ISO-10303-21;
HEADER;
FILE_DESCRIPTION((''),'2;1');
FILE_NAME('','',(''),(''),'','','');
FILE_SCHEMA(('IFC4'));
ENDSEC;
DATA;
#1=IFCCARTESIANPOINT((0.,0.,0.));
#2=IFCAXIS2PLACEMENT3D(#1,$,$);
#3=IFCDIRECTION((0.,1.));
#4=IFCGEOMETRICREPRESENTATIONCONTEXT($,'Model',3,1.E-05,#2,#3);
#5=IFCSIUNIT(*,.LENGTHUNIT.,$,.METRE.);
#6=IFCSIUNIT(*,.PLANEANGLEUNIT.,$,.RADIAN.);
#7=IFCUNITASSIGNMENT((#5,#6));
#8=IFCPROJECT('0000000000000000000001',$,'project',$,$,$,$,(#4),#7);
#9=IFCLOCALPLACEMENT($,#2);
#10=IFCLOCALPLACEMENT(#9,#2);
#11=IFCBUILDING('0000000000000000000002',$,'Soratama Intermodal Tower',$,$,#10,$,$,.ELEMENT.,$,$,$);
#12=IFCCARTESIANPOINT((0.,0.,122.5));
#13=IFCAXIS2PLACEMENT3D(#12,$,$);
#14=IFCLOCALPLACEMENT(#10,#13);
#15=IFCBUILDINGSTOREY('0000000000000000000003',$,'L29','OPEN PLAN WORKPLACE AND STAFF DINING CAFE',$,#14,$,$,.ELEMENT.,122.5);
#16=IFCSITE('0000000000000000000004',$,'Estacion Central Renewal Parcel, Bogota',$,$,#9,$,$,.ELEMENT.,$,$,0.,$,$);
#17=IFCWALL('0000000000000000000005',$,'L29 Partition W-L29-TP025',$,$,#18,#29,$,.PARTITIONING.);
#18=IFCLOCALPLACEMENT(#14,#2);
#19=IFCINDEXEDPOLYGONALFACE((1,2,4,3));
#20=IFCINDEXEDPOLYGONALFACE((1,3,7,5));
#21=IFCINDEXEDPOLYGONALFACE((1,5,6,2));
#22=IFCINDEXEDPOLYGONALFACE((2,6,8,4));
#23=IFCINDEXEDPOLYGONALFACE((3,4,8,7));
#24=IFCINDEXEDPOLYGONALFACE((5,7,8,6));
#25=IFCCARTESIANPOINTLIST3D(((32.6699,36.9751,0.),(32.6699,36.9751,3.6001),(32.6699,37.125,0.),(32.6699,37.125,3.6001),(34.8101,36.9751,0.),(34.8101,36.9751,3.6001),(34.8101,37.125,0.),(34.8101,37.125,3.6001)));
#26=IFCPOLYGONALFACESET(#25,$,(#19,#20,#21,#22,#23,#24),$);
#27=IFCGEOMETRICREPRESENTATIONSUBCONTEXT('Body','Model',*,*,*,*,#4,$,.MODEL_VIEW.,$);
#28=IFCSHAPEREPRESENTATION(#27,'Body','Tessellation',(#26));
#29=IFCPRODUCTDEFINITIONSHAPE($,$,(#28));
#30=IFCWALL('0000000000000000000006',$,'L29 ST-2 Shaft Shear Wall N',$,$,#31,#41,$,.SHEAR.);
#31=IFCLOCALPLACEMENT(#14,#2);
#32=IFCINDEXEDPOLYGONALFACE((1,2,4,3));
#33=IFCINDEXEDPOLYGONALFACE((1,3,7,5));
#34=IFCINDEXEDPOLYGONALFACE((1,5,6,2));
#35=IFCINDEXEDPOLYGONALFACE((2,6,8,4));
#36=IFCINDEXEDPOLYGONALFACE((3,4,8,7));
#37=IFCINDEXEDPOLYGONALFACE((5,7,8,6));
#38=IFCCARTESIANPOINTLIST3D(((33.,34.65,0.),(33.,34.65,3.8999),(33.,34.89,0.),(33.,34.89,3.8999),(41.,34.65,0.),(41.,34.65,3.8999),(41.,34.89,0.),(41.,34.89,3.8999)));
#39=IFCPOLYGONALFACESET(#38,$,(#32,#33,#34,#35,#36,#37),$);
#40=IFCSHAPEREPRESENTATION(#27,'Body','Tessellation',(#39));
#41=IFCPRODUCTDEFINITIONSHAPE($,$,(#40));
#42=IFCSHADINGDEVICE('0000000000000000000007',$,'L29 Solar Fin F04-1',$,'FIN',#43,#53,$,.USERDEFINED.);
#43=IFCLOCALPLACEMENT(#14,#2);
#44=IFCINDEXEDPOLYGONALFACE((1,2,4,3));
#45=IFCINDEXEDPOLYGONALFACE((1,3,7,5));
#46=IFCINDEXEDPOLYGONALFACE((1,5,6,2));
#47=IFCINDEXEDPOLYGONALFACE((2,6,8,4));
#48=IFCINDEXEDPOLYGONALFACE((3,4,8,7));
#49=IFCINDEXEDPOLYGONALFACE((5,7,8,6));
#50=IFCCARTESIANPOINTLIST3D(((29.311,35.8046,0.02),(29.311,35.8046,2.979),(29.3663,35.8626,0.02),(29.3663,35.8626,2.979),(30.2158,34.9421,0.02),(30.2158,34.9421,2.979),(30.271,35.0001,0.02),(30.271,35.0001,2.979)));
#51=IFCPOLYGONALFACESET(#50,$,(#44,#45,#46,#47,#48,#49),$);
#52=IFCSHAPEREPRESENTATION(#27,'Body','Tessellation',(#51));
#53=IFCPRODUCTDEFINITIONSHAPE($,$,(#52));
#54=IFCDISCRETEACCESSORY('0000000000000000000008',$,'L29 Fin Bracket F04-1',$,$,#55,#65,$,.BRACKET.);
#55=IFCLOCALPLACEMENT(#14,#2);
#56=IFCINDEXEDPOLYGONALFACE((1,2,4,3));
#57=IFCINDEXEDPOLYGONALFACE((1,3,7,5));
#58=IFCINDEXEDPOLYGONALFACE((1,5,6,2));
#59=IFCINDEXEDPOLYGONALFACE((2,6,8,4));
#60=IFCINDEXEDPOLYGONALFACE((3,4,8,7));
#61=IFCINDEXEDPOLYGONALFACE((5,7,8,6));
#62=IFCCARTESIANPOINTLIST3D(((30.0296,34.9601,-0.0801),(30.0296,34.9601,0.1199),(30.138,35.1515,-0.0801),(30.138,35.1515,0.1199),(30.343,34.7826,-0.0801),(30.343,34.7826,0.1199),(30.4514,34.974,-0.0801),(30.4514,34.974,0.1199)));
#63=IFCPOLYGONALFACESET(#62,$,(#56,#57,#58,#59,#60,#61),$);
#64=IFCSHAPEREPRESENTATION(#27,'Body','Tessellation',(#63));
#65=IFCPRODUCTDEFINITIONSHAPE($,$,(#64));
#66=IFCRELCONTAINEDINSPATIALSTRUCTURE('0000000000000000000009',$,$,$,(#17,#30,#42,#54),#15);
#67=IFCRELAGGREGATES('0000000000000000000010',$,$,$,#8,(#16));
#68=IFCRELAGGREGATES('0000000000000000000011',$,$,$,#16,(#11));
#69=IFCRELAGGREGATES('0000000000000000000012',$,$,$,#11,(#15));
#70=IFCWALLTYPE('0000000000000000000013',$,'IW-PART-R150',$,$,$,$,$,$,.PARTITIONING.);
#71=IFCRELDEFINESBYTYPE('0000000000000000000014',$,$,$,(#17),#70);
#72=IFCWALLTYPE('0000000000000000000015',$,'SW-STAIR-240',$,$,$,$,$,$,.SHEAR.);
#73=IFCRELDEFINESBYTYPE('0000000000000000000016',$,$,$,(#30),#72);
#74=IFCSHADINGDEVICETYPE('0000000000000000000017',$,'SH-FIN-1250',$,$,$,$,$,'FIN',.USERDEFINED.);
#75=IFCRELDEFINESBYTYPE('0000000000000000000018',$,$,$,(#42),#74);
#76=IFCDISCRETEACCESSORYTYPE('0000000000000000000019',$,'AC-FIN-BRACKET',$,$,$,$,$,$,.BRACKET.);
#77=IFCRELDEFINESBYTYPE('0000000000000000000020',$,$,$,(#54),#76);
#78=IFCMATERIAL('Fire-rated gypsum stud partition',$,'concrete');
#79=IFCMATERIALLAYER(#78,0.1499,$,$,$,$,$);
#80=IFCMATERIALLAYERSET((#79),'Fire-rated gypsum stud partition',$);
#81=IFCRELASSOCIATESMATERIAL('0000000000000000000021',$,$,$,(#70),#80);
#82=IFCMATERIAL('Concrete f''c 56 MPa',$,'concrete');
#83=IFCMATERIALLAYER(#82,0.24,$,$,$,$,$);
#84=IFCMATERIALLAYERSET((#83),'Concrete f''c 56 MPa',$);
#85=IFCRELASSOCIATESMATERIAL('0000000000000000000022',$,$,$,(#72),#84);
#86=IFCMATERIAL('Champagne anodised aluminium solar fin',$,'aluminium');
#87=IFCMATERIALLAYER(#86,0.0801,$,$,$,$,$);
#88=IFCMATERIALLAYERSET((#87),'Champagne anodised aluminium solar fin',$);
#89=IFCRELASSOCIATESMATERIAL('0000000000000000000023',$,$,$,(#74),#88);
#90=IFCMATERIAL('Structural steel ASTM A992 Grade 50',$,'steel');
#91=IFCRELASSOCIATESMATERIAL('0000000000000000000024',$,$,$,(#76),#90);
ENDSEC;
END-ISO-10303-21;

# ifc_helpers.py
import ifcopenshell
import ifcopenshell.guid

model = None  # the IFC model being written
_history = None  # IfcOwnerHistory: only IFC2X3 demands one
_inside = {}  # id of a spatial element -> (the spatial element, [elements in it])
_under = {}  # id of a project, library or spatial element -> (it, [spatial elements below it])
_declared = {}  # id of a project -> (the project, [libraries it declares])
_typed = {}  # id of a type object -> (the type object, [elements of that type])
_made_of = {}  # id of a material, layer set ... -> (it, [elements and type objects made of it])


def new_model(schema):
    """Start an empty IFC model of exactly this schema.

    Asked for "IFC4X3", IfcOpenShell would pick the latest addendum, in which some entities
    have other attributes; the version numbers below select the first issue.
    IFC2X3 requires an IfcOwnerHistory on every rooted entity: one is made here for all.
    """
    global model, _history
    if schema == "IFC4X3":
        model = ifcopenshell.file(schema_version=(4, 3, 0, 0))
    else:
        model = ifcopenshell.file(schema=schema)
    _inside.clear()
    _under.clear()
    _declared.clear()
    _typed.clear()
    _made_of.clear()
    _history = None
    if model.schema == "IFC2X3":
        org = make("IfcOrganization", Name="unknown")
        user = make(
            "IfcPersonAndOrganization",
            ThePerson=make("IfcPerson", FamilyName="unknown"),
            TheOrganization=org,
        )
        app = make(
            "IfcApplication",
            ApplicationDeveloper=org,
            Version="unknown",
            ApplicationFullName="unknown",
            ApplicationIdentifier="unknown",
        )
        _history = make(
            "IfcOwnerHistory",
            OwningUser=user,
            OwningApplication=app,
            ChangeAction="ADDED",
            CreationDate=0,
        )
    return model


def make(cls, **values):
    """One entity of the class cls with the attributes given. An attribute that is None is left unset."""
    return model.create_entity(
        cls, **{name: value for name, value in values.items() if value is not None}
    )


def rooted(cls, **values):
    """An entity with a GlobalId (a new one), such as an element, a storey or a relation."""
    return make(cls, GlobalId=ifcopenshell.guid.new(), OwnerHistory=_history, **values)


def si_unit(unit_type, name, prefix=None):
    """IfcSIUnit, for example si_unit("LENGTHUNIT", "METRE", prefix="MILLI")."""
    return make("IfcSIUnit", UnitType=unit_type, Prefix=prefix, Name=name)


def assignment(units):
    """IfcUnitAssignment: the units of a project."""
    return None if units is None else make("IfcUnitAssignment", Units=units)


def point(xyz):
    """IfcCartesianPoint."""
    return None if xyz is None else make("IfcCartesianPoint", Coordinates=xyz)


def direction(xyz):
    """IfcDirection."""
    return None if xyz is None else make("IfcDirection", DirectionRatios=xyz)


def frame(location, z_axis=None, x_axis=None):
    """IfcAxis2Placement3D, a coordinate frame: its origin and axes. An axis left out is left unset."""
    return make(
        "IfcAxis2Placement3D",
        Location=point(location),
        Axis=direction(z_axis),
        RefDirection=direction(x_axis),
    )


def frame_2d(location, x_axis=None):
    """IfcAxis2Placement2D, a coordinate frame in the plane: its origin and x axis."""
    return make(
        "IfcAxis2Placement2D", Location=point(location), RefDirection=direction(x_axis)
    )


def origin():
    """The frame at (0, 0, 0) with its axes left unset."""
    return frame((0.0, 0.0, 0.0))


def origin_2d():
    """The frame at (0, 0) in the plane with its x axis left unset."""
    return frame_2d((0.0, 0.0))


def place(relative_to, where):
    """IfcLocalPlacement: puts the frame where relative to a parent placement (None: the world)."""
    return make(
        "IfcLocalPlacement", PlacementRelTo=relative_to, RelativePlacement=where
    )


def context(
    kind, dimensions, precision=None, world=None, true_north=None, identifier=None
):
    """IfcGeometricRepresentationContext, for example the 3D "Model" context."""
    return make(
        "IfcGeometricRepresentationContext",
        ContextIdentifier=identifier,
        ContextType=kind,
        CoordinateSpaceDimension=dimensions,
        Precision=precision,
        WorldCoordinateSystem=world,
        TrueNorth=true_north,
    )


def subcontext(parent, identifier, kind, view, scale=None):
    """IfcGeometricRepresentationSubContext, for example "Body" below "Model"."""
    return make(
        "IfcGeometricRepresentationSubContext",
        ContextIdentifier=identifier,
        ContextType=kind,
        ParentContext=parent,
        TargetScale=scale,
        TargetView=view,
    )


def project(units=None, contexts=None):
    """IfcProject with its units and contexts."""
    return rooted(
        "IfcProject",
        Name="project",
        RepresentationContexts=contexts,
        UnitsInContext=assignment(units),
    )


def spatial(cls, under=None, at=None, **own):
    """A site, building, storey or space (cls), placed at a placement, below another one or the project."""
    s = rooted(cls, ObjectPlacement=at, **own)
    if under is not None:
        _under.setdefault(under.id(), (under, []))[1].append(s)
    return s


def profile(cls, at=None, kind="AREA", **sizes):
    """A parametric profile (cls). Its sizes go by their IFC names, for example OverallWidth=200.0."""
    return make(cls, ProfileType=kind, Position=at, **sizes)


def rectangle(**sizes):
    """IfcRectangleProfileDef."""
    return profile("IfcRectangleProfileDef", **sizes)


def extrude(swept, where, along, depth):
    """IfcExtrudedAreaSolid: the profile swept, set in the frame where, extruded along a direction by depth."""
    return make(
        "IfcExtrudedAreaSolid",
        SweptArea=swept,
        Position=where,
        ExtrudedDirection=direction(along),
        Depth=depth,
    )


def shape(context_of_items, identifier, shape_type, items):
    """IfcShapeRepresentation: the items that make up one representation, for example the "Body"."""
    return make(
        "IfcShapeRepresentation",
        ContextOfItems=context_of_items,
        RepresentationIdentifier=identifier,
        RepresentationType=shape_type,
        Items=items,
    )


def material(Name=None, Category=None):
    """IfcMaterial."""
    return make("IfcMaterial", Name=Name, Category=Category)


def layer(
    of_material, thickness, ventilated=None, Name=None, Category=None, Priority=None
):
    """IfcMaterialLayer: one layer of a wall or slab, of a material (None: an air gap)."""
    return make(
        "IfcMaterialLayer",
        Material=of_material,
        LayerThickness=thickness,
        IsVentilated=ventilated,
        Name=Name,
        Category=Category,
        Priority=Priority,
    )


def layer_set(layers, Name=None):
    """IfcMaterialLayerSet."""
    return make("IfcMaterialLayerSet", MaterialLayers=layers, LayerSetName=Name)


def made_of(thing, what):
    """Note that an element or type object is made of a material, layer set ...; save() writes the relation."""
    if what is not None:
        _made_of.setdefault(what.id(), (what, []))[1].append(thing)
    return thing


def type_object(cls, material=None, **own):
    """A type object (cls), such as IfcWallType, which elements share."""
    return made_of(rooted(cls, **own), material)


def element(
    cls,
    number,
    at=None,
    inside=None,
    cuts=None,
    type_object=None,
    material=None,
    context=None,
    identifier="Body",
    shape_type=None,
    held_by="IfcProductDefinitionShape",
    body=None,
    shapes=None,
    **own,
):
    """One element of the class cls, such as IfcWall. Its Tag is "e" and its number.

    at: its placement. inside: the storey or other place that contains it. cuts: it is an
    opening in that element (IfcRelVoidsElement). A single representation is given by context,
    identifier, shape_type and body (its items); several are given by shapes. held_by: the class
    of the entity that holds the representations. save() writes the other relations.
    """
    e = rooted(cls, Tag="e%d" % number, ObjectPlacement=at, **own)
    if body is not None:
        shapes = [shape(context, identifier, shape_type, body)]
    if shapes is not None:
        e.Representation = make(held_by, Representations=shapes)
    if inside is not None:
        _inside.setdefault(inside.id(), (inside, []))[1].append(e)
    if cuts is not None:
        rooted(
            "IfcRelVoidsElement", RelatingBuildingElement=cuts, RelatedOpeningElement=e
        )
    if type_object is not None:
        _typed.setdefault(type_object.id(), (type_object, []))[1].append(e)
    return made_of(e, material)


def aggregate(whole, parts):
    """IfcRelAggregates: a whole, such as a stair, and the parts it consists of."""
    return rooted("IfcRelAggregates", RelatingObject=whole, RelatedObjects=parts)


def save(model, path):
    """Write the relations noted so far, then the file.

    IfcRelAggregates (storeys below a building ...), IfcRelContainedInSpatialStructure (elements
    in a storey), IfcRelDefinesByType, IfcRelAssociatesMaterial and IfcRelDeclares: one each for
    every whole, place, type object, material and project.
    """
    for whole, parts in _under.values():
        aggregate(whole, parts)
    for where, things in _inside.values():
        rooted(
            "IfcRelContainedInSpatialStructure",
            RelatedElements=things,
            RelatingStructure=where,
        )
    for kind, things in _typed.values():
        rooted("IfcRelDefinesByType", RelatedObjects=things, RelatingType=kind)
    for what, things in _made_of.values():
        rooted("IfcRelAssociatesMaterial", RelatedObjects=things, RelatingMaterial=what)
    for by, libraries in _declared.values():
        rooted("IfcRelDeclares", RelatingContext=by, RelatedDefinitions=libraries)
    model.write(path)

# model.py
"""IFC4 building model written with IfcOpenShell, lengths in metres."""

from ifc_helpers import new_model, si_unit, direction, frame, frame_2d, origin, origin_2d, place, context, subcontext, project, spatial, rectangle, extrude, material, layer, layer_set, type_object, element, save


model = new_model("IFC4")

# Units and contexts
model_context = context("Model", 3, precision=1e-05, world=origin(), true_north=direction((0.0, 1.0)))
body_context = subcontext(model_context, "Body", "Model", "MODEL_VIEW")
ifc_project = project(units=[si_unit("LENGTHUNIT", "METRE"), si_unit("PLANEANGLEUNIT", "RADIAN")], contexts=[model_context])

# Site, building, storey
site_placement = place(None, origin())
site = spatial("IfcSite", under=ifc_project, at=site_placement, Name="Estacion Central Renewal Parcel, Bogota", CompositionType="ELEMENT", RefElevation=0.0)
building_placement = place(site_placement, origin())
building = spatial("IfcBuilding", under=site, at=building_placement, Name="Soratama Intermodal Tower", CompositionType="ELEMENT")
storey_placement = place(building_placement, frame((0.0, 0.0, 122.5)))
storey = spatial("IfcBuildingStorey", under=building, at=storey_placement, Name="L29", Description="OPEN PLAN WORKPLACE AND STAFF DINING CAFE", CompositionType="ELEMENT", Elevation=122.5)

# Wall
ifc_material_1 = material(Name="Fire-rated gypsum stud partition", Category="concrete")
ifc_layer_1 = layer(ifc_material_1, 0.1499)
ifc_layer_set_1 = layer_set([ifc_layer_1], Name="Fire-rated gypsum stud partition")
wall_type_1 = type_object("IfcWallType", Name="IW-PART-R150", PredefinedType="PARTITIONING", material=ifc_layer_set_1)
wall_1_placement = place(storey_placement, frame((32.6699, 37.05, 0.0), z_axis=(0.0, 0.0, 1.0), x_axis=(1.0, 0.0, 0.0)))
element("IfcWall", 1, at=wall_1_placement, inside=storey, type_object=wall_type_1, Name="L29 Partition W-L29-TP025", PredefinedType="PARTITIONING", context=body_context, shape_type="SweptSolid", body=[
    extrude(rectangle(XDim=2.1401, YDim=0.1499, at=frame_2d((1.0701, 0.0))), origin(), (0.0, 0.0, 1.0), 3.6001),
])

# Wall
ifc_material_2 = material(Name="Concrete f'c 56 MPa", Category="concrete")
ifc_layer_2 = layer(ifc_material_2, 0.24)
ifc_layer_set_2 = layer_set([ifc_layer_2], Name="Concrete f'c 56 MPa")
wall_type_2 = type_object("IfcWallType", Name="SW-STAIR-240", PredefinedType="SHEAR", material=ifc_layer_set_2)
wall_2_placement = place(storey_placement, frame((33.0, 34.77, 0.0), z_axis=(0.0, 0.0, 1.0), x_axis=(1.0, 0.0, 0.0)))
element("IfcWall", 2, at=wall_2_placement, inside=storey, type_object=wall_type_2, Name="L29 ST-2 Shaft Shear Wall N", PredefinedType="SHEAR", context=body_context, shape_type="SweptSolid", body=[
    extrude(rectangle(XDim=8.0, YDim=0.24, at=frame_2d((4.0, 0.0))), origin(), (0.0, 0.0, 1.0), 3.8999),
])

# Shading device
ifc_material_3 = material(Name="Champagne anodised aluminium solar fin", Category="aluminium")
ifc_layer_3 = layer(ifc_material_3, 0.0801)
ifc_layer_set_3 = layer_set([ifc_layer_3], Name="Champagne anodised aluminium solar fin")
shading_device_type = type_object("IfcShadingDeviceType", Name="SH-FIN-1250", ElementType="FIN", PredefinedType="USERDEFINED", material=ifc_layer_set_3)
shading_device_placement = place(storey_placement, frame((29.791, 35.4023, 0.02), z_axis=(0.0, 0.0, 1.0), x_axis=(-0.723811, 0.689999, 0.0)))
element("IfcShadingDevice", 3, at=shading_device_placement, inside=storey, type_object=shading_device_type, Name="L29 Solar Fin F04-1", ObjectType="FIN", PredefinedType="USERDEFINED", context=body_context, shape_type="SweptSolid", body=[
    extrude(rectangle(XDim=1.25, YDim=0.0801, at=origin_2d()), origin(), (0.0, 0.0, 1.0), 2.959),
])

# Discrete accessory
ifc_material_4 = material(Name="Structural steel ASTM A992 Grade 50", Category="steel")
discrete_accessory_type = type_object("IfcDiscreteAccessoryType", Name="AC-FIN-BRACKET", PredefinedType="BRACKET", material=ifc_material_4)
discrete_accessory_placement = place(storey_placement, frame((30.2405, 34.967, -0.0801), z_axis=(0.0, 0.0, 1.0), x_axis=(-0.870184, 0.492727, 0.0)))
element("IfcDiscreteAccessory", 4, at=discrete_accessory_placement, inside=storey, type_object=discrete_accessory_type, Name="L29 Fin Bracket F04-1", PredefinedType="BRACKET", context=body_context, shape_type="SweptSolid", body=[
    extrude(rectangle(XDim=0.3601, YDim=0.22, at=origin_2d()), origin(), (0.0, 0.0, 1.0), 0.2),
])

save(model, "model.ifc")
